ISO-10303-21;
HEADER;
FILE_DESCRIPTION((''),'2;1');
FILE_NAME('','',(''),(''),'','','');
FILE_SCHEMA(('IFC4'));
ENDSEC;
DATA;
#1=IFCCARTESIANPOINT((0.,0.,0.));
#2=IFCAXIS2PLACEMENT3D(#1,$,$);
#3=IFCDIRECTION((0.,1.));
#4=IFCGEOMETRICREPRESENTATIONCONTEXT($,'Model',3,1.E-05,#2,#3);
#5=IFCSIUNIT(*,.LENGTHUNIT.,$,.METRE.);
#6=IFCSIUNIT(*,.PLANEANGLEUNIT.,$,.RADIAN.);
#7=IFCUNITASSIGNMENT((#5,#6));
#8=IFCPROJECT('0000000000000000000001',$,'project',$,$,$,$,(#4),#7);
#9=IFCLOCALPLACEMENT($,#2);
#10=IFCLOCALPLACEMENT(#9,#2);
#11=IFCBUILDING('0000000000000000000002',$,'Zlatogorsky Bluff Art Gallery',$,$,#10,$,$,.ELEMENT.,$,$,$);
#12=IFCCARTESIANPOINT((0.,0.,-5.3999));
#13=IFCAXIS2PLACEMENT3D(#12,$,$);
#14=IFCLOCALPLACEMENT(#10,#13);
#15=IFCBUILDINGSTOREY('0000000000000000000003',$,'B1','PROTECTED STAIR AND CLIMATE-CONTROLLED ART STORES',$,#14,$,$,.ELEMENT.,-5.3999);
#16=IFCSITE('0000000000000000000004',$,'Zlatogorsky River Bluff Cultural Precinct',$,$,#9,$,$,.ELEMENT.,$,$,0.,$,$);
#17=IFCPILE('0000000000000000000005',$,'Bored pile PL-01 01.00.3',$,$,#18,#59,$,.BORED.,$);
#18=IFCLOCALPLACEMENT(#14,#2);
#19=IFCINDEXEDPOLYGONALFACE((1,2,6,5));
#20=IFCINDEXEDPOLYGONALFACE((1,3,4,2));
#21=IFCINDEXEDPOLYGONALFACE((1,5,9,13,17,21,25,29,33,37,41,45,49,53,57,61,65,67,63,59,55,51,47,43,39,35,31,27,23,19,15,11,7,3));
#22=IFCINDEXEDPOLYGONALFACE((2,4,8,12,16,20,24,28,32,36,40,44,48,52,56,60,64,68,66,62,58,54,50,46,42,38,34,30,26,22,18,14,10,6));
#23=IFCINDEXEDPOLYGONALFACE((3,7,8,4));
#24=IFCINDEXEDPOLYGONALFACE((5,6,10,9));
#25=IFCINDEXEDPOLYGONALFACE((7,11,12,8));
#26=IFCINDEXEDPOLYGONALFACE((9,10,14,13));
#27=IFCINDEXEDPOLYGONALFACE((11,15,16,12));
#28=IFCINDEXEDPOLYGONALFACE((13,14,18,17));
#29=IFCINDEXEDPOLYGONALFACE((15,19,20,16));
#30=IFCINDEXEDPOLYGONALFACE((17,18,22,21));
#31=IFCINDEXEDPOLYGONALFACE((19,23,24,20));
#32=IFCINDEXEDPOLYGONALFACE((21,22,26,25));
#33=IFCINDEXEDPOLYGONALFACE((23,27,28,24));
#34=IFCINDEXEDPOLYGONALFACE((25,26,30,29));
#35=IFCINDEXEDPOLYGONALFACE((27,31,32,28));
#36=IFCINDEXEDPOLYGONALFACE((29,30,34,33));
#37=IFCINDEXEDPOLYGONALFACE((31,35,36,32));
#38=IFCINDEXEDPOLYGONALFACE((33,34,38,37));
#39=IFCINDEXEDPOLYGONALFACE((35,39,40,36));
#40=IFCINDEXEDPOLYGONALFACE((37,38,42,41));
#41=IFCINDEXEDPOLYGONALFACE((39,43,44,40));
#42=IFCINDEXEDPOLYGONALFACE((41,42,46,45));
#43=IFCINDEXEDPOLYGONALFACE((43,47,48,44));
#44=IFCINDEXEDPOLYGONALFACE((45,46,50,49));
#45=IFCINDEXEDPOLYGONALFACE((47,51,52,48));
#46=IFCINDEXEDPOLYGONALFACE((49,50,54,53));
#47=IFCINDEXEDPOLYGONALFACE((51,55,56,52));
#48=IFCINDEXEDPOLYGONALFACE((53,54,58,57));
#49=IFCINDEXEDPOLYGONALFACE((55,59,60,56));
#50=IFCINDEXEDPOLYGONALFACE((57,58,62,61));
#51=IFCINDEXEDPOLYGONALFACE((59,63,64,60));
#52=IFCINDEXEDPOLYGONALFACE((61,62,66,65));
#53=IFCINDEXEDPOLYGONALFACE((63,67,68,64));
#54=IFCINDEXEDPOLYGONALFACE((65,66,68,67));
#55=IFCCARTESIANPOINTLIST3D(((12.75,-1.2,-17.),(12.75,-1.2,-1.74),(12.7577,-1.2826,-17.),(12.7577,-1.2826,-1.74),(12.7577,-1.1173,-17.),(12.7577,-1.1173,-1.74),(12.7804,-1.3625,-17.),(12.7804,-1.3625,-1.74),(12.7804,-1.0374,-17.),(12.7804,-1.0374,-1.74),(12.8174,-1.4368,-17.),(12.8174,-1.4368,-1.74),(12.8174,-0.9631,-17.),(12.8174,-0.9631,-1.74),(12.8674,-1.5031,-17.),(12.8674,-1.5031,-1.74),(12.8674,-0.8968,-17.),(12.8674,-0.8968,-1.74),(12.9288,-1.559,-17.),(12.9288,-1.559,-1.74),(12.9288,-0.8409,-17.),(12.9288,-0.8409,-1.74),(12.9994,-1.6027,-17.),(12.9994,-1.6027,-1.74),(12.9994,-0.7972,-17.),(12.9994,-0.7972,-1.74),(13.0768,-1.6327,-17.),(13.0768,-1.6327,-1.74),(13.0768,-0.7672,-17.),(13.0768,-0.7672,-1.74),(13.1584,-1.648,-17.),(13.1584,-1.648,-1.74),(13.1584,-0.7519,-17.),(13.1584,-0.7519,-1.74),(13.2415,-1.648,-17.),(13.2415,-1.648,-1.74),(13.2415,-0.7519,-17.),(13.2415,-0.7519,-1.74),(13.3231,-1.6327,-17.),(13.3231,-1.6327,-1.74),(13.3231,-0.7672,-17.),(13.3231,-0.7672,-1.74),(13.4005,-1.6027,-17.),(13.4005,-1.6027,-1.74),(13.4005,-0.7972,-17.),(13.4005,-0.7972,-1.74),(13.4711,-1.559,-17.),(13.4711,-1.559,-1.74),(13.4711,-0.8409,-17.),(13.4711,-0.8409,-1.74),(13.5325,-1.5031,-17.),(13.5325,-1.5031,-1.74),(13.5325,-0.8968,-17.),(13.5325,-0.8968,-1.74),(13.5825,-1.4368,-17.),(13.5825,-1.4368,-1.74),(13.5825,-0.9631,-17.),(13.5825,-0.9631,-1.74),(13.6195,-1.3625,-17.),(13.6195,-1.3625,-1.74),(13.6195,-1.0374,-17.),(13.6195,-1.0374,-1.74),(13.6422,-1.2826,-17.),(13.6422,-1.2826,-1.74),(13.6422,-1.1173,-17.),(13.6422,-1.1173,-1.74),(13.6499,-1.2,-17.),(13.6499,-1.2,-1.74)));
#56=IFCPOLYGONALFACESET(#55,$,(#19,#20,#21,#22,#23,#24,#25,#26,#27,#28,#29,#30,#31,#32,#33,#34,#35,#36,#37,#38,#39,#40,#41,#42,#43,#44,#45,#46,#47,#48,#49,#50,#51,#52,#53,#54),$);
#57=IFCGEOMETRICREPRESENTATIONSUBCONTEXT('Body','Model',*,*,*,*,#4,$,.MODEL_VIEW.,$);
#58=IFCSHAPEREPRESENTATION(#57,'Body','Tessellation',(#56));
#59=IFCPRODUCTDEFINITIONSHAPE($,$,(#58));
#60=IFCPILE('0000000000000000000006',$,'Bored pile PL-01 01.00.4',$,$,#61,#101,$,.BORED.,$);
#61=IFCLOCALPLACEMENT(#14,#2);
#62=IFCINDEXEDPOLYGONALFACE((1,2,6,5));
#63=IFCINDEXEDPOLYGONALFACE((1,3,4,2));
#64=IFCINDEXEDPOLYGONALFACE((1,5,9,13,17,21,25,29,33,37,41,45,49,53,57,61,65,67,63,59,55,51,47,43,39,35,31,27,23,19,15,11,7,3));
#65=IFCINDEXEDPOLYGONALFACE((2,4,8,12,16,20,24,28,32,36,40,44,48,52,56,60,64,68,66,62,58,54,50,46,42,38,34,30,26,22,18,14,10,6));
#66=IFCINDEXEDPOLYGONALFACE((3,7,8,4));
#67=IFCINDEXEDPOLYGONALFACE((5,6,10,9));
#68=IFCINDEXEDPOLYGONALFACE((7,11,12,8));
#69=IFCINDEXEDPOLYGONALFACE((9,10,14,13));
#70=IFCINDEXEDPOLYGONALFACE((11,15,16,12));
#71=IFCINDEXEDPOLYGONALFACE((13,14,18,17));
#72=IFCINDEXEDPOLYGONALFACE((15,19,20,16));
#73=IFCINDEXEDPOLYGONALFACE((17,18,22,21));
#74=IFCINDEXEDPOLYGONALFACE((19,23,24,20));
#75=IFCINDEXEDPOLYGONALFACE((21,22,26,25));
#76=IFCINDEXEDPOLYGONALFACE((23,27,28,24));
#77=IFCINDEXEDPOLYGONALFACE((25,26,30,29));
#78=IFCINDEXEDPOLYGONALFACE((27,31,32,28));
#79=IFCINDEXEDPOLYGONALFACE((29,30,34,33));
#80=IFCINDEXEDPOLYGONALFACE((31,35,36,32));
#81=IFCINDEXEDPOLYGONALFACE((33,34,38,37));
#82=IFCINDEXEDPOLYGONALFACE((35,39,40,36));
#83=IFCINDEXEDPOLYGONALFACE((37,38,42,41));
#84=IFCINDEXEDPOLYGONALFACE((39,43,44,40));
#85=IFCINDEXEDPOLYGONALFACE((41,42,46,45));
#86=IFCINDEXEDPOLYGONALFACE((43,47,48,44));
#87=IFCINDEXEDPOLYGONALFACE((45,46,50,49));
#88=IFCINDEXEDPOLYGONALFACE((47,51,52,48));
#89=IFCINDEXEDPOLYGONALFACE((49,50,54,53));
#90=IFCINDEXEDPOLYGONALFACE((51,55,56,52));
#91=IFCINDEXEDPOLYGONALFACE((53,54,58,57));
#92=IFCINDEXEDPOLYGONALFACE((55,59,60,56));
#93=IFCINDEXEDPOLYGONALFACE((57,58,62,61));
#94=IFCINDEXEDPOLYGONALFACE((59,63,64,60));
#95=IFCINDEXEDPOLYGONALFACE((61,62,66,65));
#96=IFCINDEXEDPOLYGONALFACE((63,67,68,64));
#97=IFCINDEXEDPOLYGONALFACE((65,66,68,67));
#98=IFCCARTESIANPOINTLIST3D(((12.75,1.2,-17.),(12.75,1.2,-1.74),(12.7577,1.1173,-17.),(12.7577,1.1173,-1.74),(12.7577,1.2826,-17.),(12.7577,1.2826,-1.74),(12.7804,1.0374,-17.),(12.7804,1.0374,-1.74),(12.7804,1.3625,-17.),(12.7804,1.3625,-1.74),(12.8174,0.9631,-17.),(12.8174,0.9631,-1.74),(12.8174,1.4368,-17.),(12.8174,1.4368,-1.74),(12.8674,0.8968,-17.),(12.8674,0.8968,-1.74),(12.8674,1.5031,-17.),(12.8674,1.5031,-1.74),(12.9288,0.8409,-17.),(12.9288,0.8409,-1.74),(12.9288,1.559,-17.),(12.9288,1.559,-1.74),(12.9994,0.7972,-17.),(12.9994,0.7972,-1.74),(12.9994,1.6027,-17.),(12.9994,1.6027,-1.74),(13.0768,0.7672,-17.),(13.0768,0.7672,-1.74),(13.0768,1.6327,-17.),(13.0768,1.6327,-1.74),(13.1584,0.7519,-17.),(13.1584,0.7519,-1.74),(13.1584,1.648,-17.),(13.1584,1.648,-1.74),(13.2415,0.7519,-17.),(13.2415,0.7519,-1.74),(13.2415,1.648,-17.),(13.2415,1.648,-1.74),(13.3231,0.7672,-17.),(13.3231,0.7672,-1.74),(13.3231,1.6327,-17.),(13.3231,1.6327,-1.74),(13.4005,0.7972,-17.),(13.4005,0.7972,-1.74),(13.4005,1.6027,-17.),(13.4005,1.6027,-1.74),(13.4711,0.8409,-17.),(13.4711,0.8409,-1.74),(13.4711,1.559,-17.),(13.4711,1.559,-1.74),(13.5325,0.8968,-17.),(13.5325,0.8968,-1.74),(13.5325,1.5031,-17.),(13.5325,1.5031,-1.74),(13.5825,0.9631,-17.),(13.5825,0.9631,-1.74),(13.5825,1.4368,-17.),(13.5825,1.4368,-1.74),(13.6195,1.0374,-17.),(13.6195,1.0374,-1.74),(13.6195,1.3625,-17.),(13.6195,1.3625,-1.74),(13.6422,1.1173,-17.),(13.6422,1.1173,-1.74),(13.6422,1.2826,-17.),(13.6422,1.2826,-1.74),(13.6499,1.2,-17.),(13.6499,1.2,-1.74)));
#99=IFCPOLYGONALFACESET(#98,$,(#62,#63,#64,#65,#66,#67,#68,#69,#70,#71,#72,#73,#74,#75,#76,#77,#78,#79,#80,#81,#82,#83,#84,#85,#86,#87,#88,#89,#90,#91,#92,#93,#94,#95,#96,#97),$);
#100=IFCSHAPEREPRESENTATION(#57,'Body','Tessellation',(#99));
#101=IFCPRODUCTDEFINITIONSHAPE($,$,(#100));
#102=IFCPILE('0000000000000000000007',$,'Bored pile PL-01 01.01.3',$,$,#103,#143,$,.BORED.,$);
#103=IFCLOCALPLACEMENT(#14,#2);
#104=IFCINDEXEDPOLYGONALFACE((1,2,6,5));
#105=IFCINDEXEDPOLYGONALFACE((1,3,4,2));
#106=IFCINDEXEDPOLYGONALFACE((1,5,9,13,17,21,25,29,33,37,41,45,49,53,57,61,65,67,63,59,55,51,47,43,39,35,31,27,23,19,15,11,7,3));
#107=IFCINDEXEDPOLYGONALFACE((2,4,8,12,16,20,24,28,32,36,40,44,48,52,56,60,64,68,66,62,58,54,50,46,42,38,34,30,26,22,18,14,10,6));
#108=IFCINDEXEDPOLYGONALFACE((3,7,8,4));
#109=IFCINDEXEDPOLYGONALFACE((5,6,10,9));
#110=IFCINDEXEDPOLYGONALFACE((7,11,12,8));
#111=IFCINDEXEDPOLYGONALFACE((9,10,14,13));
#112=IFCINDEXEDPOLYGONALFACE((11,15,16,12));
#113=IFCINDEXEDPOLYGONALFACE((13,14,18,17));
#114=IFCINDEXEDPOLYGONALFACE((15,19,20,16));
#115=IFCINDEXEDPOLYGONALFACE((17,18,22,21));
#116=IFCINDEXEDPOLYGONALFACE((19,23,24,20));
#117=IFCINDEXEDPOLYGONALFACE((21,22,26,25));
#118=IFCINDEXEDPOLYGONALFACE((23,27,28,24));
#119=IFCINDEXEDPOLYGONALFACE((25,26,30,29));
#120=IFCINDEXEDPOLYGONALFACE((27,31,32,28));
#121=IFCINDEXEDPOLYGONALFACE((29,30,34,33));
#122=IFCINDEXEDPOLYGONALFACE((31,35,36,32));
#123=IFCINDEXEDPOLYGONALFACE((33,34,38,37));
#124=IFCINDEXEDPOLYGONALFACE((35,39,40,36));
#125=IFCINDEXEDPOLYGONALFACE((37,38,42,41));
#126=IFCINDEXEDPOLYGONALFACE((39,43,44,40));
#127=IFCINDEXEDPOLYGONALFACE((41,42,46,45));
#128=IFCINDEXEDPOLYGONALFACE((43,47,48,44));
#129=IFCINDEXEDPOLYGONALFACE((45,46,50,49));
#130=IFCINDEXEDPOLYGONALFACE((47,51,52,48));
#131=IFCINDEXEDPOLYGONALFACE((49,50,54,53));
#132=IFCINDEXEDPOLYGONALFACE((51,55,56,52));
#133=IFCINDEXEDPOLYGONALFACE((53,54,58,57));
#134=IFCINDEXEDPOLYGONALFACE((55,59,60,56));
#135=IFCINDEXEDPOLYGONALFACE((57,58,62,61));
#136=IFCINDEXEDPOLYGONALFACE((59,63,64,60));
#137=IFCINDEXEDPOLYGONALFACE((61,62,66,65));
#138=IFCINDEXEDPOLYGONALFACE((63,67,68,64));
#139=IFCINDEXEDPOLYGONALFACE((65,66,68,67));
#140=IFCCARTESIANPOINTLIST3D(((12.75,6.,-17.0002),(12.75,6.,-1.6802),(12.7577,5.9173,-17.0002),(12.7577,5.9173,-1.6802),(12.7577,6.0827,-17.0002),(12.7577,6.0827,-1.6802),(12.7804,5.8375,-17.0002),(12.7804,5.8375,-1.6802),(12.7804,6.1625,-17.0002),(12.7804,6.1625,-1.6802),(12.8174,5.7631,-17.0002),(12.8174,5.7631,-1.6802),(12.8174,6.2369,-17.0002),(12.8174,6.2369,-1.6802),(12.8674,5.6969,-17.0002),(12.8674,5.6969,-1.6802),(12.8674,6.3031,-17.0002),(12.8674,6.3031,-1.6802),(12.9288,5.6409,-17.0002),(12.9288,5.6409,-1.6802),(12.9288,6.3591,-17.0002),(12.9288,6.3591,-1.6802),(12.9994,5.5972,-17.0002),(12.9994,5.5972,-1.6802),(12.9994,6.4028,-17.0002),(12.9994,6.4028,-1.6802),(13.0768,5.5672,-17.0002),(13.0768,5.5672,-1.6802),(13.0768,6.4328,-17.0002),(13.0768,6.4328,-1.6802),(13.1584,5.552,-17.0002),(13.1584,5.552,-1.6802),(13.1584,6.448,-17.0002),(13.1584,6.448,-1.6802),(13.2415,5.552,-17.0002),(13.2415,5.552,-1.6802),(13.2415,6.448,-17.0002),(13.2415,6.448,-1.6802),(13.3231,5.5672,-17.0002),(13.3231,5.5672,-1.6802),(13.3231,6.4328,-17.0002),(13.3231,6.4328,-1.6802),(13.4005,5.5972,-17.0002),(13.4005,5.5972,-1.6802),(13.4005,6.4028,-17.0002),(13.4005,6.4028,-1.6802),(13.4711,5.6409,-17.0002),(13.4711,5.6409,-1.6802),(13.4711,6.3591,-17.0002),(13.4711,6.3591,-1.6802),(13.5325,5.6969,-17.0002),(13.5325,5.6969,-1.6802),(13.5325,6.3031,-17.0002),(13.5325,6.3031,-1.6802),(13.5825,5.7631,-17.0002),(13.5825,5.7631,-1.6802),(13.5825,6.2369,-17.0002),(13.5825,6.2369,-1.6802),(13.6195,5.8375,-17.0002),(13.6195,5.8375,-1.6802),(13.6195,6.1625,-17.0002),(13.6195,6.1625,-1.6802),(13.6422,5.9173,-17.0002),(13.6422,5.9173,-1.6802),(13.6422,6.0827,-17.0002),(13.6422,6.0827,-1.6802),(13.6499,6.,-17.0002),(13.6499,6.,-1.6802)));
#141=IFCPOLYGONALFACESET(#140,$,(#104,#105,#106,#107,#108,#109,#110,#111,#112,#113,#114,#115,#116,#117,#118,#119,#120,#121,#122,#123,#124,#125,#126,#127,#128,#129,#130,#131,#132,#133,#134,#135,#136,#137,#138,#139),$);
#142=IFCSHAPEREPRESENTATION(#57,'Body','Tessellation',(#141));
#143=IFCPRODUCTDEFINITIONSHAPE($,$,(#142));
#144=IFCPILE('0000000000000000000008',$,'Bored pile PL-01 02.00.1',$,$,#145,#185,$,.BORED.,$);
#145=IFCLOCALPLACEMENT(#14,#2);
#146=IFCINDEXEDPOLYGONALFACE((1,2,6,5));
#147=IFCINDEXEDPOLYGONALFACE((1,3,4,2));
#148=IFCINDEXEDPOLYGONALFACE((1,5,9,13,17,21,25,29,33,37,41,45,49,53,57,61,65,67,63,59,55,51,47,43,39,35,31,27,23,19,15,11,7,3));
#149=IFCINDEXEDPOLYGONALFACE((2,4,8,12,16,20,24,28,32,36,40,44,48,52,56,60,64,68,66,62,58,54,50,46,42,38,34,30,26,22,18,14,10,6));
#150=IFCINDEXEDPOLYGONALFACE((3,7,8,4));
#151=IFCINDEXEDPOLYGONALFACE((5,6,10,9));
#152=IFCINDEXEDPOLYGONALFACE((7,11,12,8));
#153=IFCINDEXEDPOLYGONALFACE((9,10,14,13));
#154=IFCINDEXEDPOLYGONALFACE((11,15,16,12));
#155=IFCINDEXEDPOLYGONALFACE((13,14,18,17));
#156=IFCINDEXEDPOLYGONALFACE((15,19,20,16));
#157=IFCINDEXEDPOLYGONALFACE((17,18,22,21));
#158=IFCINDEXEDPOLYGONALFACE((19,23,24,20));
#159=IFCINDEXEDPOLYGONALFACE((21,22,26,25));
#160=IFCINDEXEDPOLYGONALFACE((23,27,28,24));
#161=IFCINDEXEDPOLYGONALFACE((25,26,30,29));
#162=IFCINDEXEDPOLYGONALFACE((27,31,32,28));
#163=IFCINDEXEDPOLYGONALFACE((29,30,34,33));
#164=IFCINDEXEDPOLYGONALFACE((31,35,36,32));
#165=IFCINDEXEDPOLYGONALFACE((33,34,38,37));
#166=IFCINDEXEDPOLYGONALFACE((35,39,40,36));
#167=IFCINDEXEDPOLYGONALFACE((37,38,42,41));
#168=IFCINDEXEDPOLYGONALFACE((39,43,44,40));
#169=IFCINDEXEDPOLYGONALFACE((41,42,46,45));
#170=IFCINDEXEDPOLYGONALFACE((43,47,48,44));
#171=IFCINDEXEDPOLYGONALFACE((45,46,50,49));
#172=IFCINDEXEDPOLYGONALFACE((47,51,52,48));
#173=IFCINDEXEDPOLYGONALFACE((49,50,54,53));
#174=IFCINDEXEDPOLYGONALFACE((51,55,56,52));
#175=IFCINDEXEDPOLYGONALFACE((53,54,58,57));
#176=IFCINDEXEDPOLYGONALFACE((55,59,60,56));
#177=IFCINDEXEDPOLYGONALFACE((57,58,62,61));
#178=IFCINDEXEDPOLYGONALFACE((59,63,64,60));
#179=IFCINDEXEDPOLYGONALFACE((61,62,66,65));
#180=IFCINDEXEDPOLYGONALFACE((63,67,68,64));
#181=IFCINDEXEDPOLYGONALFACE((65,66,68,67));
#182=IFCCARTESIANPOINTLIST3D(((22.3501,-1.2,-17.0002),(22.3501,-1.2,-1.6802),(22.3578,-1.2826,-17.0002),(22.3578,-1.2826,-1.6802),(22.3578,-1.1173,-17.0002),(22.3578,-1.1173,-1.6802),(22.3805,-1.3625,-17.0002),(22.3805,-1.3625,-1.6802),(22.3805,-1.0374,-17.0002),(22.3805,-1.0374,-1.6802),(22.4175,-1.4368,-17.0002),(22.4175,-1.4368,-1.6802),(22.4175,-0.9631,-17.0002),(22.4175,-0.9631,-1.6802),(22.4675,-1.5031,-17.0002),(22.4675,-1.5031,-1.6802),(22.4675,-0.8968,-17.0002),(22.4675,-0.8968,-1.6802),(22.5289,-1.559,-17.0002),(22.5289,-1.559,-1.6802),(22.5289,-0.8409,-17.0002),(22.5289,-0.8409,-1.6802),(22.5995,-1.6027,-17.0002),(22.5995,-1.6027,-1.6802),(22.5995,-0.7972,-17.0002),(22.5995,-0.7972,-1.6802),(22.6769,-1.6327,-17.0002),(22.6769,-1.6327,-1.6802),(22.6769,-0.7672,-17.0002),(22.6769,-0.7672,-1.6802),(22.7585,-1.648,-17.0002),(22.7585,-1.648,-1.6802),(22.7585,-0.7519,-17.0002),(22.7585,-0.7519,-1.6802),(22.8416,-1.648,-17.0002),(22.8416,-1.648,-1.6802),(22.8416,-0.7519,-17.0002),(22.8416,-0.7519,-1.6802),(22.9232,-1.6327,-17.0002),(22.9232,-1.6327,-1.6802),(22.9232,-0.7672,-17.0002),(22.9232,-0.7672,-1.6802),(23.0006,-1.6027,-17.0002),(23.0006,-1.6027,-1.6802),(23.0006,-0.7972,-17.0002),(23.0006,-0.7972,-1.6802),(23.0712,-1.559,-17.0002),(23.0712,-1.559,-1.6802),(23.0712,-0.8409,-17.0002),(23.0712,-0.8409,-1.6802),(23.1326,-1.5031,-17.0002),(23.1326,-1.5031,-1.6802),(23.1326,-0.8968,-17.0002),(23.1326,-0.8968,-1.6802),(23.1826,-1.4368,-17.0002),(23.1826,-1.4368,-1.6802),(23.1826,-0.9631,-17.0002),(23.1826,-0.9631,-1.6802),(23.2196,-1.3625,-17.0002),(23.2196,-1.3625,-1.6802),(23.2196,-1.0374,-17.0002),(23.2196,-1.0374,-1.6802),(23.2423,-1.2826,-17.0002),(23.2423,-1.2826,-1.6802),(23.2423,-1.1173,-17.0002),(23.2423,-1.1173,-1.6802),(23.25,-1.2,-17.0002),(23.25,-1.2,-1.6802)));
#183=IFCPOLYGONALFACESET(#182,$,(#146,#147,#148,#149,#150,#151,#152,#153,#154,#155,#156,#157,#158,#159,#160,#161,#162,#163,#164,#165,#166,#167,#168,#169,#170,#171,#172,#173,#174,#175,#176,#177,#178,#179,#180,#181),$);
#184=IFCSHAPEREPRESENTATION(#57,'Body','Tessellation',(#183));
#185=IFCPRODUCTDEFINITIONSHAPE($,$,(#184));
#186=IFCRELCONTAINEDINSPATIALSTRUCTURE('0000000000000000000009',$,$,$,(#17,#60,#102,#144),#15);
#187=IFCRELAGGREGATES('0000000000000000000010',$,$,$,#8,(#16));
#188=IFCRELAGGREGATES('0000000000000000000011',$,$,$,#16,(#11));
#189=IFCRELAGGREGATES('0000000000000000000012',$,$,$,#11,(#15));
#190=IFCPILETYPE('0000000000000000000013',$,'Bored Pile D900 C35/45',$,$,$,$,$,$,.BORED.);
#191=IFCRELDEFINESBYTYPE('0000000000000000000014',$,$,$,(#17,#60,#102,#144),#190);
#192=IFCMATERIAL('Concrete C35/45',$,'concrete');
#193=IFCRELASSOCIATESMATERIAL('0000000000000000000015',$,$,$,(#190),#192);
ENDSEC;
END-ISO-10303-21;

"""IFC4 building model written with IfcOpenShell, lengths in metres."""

from ifc_helpers import new_model, si_unit, direction, frame, origin, origin_2d, place, context, subcontext, project, spatial, circle, extrude, material, material_profile, profile_set, type_object, element, save


model = new_model("IFC4")

# Units and contexts
model_context = context("Model", 3, precision=1e-05, world=origin(), true_north=direction((0.0, 1.0)))
body_context = subcontext(model_context, "Body", "Model", "MODEL_VIEW")
ifc_project = project(units=[si_unit("LENGTHUNIT", "METRE"), si_unit("PLANEANGLEUNIT", "RADIAN")], contexts=[model_context])

# Site, building, storey
site_placement = place(None, origin())
site = spatial("IfcSite", under=ifc_project, at=site_placement, Name="Zlatogorsky River Bluff Cultural Precinct", CompositionType="ELEMENT", RefElevation=0.0)
building_placement = place(site_placement, origin())
building = spatial("IfcBuilding", under=site, at=building_placement, Name="Zlatogorsky Bluff Art Gallery", CompositionType="ELEMENT")
storey_placement = place(building_placement, frame((0.0, 0.0, -5.3999)))
storey = spatial("IfcBuildingStorey", under=building, at=storey_placement, Name="B1", Description="PROTECTED STAIR AND CLIMATE-CONTROLLED ART STORES", CompositionType="ELEMENT", Elevation=-5.3999)

# Piles
ifc_material_1 = material(Name="Concrete C35/45", Category="concrete")
ifc_material_profile_1 = material_profile(ifc_material_1, circle(Radius=0.45, at=origin_2d()), Name="BORED PILE D900")
ifc_profile_set_1 = profile_set([ifc_material_profile_1], Name="Concrete C35/45")
pile_type = type_object("IfcPileType", Name="Bored Pile D900 C35/45", PredefinedType="BORED", material=ifc_profile_set_1)
for number, where, z_axis, x_axis, name in (
    (1, (13.2, -1.2, -1.74), (0.0, 0.0, -1.0), (1.0, 0.0, 0.0), "Bored pile PL-01 01.00.3"),
    (2, (13.2, 1.2, -1.74), (0.0, 0.0, -1.0), (1.0, 0.0, 0.0), "Bored pile PL-01 01.00.4"),
):
    element("IfcPile", number, at=place(storey_placement, frame(where, z_axis=z_axis, x_axis=x_axis)), inside=storey, type_object=pile_type, Name=name, PredefinedType="BORED", context=body_context, shape_type="SweptSolid", body=[
        extrude(circle(Radius=0.45, at=origin_2d()), origin(), (0.0, 0.0, 1.0), 15.26),
    ])
for number, where, z_axis, x_axis, name in (
    (3, (13.2, 6.0, -1.6802), (0.0, 0.0, -1.0), (1.0, 0.0, 0.0), "Bored pile PL-01 01.01.3"),
    (4, (22.8, -1.2, -1.6802), (0.0, 0.0, -1.0), (1.0, 0.0, 0.0), "Bored pile PL-01 02.00.1"),
):
    element("IfcPile", number, at=place(storey_placement, frame(where, z_axis=z_axis, x_axis=x_axis)), inside=storey, type_object=pile_type, Name=name, PredefinedType="BORED", context=body_context, shape_type="SweptSolid", body=[
        extrude(circle(Radius=0.45, at=origin_2d()), origin(), (0.0, 0.0, 1.0), 15.3201),
    ])

save(model, "model.ifc")
